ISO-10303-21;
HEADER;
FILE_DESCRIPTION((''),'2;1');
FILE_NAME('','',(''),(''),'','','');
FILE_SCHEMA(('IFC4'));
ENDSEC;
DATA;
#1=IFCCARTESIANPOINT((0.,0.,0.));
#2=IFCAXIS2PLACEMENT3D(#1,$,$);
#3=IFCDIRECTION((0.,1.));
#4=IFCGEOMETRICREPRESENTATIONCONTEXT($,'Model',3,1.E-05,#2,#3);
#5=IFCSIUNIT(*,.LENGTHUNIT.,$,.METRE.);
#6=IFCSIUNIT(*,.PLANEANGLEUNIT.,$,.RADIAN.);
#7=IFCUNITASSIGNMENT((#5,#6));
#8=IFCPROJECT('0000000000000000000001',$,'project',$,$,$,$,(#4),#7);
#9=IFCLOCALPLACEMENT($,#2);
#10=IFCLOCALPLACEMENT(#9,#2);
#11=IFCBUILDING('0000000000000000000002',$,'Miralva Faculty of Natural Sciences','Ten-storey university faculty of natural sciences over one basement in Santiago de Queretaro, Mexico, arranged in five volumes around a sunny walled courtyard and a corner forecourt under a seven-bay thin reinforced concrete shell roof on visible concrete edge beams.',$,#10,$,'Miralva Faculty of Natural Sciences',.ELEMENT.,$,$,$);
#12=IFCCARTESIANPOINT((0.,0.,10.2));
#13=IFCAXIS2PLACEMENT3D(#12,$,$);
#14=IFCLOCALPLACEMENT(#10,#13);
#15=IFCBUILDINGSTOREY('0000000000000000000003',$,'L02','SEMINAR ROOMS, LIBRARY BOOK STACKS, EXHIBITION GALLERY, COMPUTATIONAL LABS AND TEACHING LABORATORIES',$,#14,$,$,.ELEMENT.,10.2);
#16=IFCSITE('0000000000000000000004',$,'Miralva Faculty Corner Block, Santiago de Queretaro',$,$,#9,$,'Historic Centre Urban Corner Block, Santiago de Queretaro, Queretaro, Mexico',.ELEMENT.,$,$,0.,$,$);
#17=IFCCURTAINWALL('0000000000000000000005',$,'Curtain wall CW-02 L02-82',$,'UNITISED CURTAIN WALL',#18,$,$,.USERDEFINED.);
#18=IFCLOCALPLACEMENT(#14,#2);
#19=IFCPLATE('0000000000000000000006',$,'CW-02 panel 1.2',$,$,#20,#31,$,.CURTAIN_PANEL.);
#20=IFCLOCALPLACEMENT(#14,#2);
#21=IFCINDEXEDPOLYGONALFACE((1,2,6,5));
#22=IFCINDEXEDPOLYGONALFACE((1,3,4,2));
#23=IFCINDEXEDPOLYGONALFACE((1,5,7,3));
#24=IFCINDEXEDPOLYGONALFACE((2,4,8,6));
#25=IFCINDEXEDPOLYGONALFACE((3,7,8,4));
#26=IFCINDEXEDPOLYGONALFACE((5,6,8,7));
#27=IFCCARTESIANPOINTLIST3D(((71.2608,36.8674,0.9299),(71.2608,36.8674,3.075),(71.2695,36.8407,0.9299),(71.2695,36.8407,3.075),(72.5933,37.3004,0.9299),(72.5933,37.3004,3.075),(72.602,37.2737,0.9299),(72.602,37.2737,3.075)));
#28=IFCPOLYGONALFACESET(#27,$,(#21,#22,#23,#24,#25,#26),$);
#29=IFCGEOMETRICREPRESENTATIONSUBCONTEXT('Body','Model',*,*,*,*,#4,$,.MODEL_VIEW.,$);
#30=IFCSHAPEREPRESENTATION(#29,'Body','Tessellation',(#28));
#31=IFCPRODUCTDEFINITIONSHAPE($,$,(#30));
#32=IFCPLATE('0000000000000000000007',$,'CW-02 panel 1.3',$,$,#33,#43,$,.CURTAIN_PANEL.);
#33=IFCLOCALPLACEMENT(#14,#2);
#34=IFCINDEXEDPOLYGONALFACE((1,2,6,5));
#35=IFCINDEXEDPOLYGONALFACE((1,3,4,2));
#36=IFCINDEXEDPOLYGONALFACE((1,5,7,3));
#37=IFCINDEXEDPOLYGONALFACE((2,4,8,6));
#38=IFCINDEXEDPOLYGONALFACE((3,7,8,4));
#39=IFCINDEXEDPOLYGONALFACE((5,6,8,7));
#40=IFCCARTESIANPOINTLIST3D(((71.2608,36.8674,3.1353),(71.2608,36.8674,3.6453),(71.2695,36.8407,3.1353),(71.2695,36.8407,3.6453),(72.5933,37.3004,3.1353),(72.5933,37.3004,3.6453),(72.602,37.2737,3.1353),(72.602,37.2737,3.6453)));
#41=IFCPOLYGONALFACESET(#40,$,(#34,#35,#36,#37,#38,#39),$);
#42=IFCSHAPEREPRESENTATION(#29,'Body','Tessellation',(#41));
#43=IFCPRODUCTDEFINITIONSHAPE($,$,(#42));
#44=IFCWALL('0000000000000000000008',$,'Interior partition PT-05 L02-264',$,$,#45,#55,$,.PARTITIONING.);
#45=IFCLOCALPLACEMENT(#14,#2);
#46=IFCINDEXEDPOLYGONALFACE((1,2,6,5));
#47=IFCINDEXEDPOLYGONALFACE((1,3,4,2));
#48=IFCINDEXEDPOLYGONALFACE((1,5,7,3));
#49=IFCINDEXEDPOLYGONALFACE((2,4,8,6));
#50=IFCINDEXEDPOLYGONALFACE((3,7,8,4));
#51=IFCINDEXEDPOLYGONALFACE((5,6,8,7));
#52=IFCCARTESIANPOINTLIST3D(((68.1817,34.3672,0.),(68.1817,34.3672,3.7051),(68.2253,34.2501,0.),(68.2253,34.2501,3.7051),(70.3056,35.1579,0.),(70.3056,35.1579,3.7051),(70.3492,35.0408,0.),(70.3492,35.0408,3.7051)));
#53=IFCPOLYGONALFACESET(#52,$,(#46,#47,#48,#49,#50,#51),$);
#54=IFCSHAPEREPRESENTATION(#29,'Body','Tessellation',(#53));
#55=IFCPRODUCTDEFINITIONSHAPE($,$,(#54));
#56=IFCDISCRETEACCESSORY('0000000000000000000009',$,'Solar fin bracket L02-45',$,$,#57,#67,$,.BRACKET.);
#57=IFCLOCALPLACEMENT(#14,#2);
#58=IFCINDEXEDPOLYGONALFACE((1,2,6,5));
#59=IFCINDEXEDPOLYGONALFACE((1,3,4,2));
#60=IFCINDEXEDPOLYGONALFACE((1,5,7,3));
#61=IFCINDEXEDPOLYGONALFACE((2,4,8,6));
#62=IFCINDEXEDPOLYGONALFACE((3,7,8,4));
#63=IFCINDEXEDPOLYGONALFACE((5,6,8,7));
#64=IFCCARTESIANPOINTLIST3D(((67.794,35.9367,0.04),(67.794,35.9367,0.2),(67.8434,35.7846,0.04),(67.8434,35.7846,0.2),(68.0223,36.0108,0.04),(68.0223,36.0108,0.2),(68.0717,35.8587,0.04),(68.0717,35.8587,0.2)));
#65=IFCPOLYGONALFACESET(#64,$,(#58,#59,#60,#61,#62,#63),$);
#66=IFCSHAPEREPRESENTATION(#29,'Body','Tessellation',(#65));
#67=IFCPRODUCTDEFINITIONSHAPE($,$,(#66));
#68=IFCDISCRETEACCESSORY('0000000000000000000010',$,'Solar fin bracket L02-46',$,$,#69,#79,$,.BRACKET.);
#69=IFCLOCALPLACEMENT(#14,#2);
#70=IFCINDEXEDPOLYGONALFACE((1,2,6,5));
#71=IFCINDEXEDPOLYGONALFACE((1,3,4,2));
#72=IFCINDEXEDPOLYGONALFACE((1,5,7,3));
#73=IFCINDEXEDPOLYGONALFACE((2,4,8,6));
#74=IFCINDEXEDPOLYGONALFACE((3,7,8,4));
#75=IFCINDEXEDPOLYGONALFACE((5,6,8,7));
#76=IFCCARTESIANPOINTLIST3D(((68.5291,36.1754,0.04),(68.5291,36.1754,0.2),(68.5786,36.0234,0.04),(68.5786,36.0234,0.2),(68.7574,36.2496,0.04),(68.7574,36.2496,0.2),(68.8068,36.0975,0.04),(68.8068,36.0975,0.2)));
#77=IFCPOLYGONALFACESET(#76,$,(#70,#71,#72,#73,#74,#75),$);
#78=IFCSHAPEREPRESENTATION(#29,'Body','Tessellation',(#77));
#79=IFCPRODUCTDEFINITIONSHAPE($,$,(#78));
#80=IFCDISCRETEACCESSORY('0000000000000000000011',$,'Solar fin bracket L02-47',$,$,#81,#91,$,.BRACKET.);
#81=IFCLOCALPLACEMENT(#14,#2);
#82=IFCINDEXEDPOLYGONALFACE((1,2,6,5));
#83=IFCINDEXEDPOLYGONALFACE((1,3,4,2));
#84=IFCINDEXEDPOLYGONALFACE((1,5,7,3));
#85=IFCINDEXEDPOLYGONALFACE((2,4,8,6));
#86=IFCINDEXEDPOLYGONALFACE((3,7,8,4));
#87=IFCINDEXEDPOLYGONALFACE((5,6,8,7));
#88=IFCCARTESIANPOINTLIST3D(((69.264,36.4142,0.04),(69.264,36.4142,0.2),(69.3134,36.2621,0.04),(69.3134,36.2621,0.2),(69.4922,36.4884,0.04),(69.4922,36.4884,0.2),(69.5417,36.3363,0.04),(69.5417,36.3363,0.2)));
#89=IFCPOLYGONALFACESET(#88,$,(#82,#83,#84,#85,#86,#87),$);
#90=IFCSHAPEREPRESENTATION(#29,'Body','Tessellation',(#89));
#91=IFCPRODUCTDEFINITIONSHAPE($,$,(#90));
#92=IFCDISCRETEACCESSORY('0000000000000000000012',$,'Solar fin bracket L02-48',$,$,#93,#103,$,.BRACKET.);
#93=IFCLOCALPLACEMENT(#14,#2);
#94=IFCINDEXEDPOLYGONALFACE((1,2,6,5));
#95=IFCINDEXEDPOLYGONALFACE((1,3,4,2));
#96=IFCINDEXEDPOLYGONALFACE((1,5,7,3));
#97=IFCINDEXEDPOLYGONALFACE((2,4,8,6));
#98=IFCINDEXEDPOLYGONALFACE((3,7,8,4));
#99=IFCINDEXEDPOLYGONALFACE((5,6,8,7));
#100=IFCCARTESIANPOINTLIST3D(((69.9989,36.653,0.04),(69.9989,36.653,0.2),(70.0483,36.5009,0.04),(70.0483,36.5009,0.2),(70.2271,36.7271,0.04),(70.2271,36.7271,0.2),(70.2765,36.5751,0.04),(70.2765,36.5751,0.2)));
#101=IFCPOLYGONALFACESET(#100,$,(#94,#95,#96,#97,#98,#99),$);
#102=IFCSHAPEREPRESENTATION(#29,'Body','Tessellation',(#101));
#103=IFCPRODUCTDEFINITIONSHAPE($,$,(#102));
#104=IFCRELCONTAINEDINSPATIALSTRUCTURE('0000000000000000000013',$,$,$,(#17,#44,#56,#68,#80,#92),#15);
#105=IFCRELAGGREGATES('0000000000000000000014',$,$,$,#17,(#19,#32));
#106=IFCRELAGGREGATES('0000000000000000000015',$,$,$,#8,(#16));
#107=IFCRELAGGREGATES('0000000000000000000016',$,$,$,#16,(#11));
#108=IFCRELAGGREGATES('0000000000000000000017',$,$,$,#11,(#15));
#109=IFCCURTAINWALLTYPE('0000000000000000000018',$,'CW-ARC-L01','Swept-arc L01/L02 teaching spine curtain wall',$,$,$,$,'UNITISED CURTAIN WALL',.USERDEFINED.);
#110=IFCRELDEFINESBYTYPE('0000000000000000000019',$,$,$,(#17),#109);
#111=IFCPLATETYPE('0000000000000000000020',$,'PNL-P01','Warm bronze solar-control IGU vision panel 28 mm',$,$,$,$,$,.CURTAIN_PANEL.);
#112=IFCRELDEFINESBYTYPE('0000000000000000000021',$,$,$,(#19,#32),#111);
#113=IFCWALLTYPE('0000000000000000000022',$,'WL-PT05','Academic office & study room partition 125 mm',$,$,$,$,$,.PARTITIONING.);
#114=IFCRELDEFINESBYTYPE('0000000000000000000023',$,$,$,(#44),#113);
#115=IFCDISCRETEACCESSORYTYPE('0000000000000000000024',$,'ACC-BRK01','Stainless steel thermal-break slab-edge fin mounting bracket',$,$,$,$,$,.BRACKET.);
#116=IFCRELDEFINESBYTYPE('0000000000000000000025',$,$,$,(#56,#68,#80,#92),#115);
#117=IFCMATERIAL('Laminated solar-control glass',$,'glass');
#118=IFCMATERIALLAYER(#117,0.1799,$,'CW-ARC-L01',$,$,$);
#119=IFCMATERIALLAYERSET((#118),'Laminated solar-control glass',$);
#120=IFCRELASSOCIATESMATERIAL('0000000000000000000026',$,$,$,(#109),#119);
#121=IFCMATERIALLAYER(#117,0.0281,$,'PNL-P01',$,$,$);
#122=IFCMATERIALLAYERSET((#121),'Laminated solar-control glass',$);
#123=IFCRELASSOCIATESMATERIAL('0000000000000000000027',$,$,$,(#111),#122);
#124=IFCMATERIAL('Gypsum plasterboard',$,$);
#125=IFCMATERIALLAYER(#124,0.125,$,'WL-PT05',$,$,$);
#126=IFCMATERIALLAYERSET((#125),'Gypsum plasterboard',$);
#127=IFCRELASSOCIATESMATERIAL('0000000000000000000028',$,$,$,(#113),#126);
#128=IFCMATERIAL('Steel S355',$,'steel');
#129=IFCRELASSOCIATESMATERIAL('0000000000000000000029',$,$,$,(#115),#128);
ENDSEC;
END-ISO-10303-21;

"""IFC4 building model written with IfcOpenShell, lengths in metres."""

from ifc_helpers import new_model, si_unit, direction, frame, frame_2d, origin, origin_2d, place, context, subcontext, project, spatial, rectangle, extrude, material, layer, layer_set, type_object, element, aggregate, save


model = new_model("IFC4")

# Units and contexts
model_context = context("Model", 3, precision=1e-05, world=origin(), true_north=direction((0.0, 1.0)))
body_context = subcontext(model_context, "Body", "Model", "MODEL_VIEW")
ifc_project = project(units=[si_unit("LENGTHUNIT", "METRE"), si_unit("PLANEANGLEUNIT", "RADIAN")], contexts=[model_context])

# Site, building, storey
site_placement = place(None, origin())
site = spatial("IfcSite", under=ifc_project, at=site_placement, Name="Miralva Faculty Corner Block, Santiago de Queretaro", LongName="Historic Centre Urban Corner Block, Santiago de Queretaro, Queretaro, Mexico", CompositionType="ELEMENT", RefElevation=0.0)
building_placement = place(site_placement, origin())
building = spatial("IfcBuilding", under=site, at=building_placement, Name="Miralva Faculty of Natural Sciences", Description="Ten-storey university faculty of natural sciences over one basement in Santiago de Queretaro, Mexico, arranged in five volumes around a sunny walled courtyard and a corner forecourt under a seven-bay thin reinforced concrete shell roof on visible concrete edge beams.", LongName="Miralva Faculty of Natural Sciences", CompositionType="ELEMENT")
storey_placement = place(building_placement, frame((0.0, 0.0, 10.2)))
storey = spatial("IfcBuildingStorey", under=building, at=storey_placement, Name="L02", Description="SEMINAR ROOMS, LIBRARY BOOK STACKS, EXHIBITION GALLERY, COMPUTATIONAL LABS AND TEACHING LABORATORIES", CompositionType="ELEMENT", Elevation=10.2)

# Shared definitions
ifc_material_1 = material(Name="Laminated solar-control glass", Category="glass")
ifc_layer_1 = layer(ifc_material_1, 0.1799, Name="CW-ARC-L01")
ifc_layer_set_1 = layer_set([ifc_layer_1], Name="Laminated solar-control glass")
curtain_wall_type = type_object("IfcCurtainWallType", Name="CW-ARC-L01", Description="Swept-arc L01/L02 teaching spine curtain wall", ElementType="UNITISED CURTAIN WALL", PredefinedType="USERDEFINED", material=ifc_layer_set_1)

# Curtain wall
curtain_wall_1_placement = place(storey_placement, origin())
curtain_wall_1 = element("IfcCurtainWall", 1, at=curtain_wall_1_placement, inside=storey, type_object=curtain_wall_type, Name="Curtain wall CW-02 L02-82", ObjectType="UNITISED CURTAIN WALL", PredefinedType="USERDEFINED")

# Plates
ifc_layer_2 = layer(ifc_material_1, 0.0281, Name="PNL-P01")
ifc_layer_set_2 = layer_set([ifc_layer_2], Name="Laminated solar-control glass")
plate_type = type_object("IfcPlateType", Name="PNL-P01", Description="Warm bronze solar-control IGU vision panel 28 mm", PredefinedType="CURTAIN_PANEL", material=ifc_layer_set_2)
plate_1_placement = place(storey_placement, frame((71.9314, 37.0706, 0.9299), z_axis=(0.0, 0.0, 1.0), x_axis=(0.95106, 0.309006, 0.0)))
plate_1 = element("IfcPlate", 2, at=plate_1_placement, type_object=plate_type, Name="CW-02 panel 1.2", PredefinedType="CURTAIN_PANEL", context=body_context, shape_type="SweptSolid", body=[
    extrude(rectangle(XDim=1.4011, YDim=0.0281, at=origin_2d()), origin(), (0.0, 0.0, 1.0), 2.145),
])
plate_2_placement = place(storey_placement, frame((71.9314, 37.0706, 3.1353), z_axis=(0.0, 0.0, 1.0), x_axis=(0.95106, 0.309006, 0.0)))
plate_2 = element("IfcPlate", 3, at=plate_2_placement, type_object=plate_type, Name="CW-02 panel 1.3", PredefinedType="CURTAIN_PANEL", context=body_context, shape_type="SweptSolid", body=[
    extrude(rectangle(XDim=1.4011, YDim=0.0281, at=origin_2d()), origin(), (0.0, 0.0, 1.0), 0.51),
])
aggregate(curtain_wall_1, [plate_1, plate_2])

# Wall
ifc_material_2 = material(Name="Gypsum plasterboard")
ifc_layer_3 = layer(ifc_material_2, 0.125, Name="WL-PT05")
ifc_layer_set_3 = layer_set([ifc_layer_3], Name="Gypsum plasterboard")
wall_type = type_object("IfcWallType", Name="WL-PT05", Description="Academic office & study room partition 125 mm", PredefinedType="PARTITIONING", material=ifc_layer_set_3)
wall_1_placement = place(storey_placement, frame((68.2034, 34.3086, 0.0), z_axis=(0.0, 0.0, 1.0), x_axis=(0.937159, 0.348903, 0.0)))
element("IfcWall", 4, at=wall_1_placement, inside=storey, type_object=wall_type, Name="Interior partition PT-05 L02-264", PredefinedType="PARTITIONING", context=body_context, shape_type="SweptSolid", body=[
    extrude(rectangle(XDim=2.2664, YDim=0.125, at=frame_2d((1.1333, 0.0))), origin(), (0.0, 0.0, 1.0), 3.7051),
])

# Discrete accessories
ifc_material_3 = material(Name="Steel S355", Category="steel")
discrete_accessory_type = type_object("IfcDiscreteAccessoryType", Name="ACC-BRK01", Description="Stainless steel thermal-break slab-edge fin mounting bracket", PredefinedType="BRACKET", material=ifc_material_3)
for number, where, z_axis, x_axis, name in (
    (5, (67.9329, 35.8977, 0.04), (0.0, 0.0, 1.0), (-0.309017, 0.951057, 0.0), "Solar fin bracket L02-45"),
    (6, (68.668, 36.1365, 0.04), (0.0, 0.0, 1.0), (-0.309017, 0.951057, 0.0), "Solar fin bracket L02-46"),
    (7, (69.4028, 36.3752, 0.04), (0.0, 0.0, 1.0), (-0.309017, 0.951057, 0.0), "Solar fin bracket L02-47"),
    (8, (70.1377, 36.614, 0.04), (0.0, 0.0, 1.0), (-0.309017, 0.951057, 0.0), "Solar fin bracket L02-48"),
):
    element("IfcDiscreteAccessory", number, at=place(storey_placement, frame(where, z_axis=z_axis, x_axis=x_axis)), inside=storey, type_object=discrete_accessory_type, Name=name, PredefinedType="BRACKET", context=body_context, shape_type="SweptSolid", body=[
        extrude(rectangle(XDim=0.1599, YDim=0.24, at=origin_2d()), origin(), (0.0, 0.0, 1.0), 0.1599),
    ])

save(model, "model.ifc")
